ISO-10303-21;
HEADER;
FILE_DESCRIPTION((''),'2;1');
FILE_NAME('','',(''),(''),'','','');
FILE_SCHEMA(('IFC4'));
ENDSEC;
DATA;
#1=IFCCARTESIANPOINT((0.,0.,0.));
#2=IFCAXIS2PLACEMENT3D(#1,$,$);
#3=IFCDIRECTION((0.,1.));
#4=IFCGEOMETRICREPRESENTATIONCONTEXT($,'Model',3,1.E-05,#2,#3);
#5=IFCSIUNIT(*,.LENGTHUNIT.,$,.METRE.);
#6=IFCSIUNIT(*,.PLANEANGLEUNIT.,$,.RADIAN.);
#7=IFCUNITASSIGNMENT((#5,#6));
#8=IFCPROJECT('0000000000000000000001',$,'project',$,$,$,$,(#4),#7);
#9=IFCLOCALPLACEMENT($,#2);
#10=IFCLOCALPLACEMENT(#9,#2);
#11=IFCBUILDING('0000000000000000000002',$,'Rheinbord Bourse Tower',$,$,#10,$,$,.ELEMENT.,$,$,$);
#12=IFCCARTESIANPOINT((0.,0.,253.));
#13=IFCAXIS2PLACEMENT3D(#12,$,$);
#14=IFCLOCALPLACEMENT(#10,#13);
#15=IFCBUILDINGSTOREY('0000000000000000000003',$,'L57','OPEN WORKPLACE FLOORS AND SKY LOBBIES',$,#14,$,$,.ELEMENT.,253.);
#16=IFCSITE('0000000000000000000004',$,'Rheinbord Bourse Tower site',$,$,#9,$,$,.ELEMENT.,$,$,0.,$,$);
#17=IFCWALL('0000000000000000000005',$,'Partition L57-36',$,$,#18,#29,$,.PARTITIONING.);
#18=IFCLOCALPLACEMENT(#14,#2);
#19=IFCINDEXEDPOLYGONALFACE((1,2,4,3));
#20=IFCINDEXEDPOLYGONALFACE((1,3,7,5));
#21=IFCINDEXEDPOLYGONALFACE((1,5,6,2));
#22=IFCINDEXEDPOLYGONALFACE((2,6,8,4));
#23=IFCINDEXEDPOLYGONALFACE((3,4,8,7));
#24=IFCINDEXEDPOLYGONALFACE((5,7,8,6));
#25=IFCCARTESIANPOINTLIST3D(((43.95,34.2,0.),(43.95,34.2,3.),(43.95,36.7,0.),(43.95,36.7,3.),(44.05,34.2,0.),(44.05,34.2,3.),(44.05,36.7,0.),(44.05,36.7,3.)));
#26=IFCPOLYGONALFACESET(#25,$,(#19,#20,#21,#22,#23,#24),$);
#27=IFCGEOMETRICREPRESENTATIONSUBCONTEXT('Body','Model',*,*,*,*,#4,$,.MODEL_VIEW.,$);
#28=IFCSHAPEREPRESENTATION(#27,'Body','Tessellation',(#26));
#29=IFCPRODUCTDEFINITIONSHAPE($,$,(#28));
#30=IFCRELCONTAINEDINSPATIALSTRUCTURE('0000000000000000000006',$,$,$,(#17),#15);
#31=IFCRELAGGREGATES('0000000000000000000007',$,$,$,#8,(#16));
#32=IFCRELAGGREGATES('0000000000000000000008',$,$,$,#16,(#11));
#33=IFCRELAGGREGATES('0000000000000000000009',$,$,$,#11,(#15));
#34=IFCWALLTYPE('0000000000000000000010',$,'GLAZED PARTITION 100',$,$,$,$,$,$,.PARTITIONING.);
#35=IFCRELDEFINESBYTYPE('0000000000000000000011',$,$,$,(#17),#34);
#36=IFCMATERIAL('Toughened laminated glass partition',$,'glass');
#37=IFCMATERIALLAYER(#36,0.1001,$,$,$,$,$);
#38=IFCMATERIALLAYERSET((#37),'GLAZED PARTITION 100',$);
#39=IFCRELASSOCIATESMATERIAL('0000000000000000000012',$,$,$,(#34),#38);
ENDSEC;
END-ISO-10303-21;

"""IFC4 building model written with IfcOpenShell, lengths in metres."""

from ifc_helpers import new_model, si_unit, direction, frame, frame_2d, origin, place, context, subcontext, project, spatial, rectangle, extrude, material, layer, layer_set, type_object, element, save


model = new_model("IFC4")

# Units and contexts
model_context = context("Model", 3, precision=1e-05, world=origin(), true_north=direction((0.0, 1.0)))
body_context = subcontext(model_context, "Body", "Model", "MODEL_VIEW")
ifc_project = project(units=[si_unit("LENGTHUNIT", "METRE"), si_unit("PLANEANGLEUNIT", "RADIAN")], contexts=[model_context])

# Site, building, storey
site_placement = place(None, origin())
site = spatial("IfcSite", under=ifc_project, at=site_placement, Name="Rheinbord Bourse Tower site", CompositionType="ELEMENT", RefElevation=0.0)
building_placement = place(site_placement, origin())
building = spatial("IfcBuilding", under=site, at=building_placement, Name="Rheinbord Bourse Tower", CompositionType="ELEMENT")
storey_placement = place(building_placement, frame((0.0, 0.0, 253.0)))
storey = spatial("IfcBuildingStorey", under=building, at=storey_placement, Name="L57", Description="OPEN WORKPLACE FLOORS AND SKY LOBBIES", CompositionType="ELEMENT", Elevation=253.0)

# Wall
ifc_material_1 = material(Name="Toughened laminated glass partition", Category="glass")
ifc_layer_1 = layer(ifc_material_1, 0.1001)
ifc_layer_set_1 = layer_set([ifc_layer_1], Name="GLAZED PARTITION 100")
wall_type_1 = type_object("IfcWallType", Name="GLAZED PARTITION 100", PredefinedType="PARTITIONING", material=ifc_layer_set_1)
for number, where, z_axis, x_axis, name in (
    (1, (44.0, 34.2, 0.0), (0.0, 0.0, 1.0), (0.0, 1.0, 0.0), "Partition L57-36"),
):
    element("IfcWall", number, at=place(storey_placement, frame(where, z_axis=z_axis, x_axis=x_axis)), inside=storey, type_object=wall_type_1, Name=name, PredefinedType="PARTITIONING", context=body_context, shape_type="SweptSolid", body=[
        extrude(rectangle(XDim=2.5, YDim=0.1001, at=frame_2d((1.25, 0.0))), origin(), (0.0, 0.0, 1.0), 3.0),
    ])

save(model, "model.ifc")
